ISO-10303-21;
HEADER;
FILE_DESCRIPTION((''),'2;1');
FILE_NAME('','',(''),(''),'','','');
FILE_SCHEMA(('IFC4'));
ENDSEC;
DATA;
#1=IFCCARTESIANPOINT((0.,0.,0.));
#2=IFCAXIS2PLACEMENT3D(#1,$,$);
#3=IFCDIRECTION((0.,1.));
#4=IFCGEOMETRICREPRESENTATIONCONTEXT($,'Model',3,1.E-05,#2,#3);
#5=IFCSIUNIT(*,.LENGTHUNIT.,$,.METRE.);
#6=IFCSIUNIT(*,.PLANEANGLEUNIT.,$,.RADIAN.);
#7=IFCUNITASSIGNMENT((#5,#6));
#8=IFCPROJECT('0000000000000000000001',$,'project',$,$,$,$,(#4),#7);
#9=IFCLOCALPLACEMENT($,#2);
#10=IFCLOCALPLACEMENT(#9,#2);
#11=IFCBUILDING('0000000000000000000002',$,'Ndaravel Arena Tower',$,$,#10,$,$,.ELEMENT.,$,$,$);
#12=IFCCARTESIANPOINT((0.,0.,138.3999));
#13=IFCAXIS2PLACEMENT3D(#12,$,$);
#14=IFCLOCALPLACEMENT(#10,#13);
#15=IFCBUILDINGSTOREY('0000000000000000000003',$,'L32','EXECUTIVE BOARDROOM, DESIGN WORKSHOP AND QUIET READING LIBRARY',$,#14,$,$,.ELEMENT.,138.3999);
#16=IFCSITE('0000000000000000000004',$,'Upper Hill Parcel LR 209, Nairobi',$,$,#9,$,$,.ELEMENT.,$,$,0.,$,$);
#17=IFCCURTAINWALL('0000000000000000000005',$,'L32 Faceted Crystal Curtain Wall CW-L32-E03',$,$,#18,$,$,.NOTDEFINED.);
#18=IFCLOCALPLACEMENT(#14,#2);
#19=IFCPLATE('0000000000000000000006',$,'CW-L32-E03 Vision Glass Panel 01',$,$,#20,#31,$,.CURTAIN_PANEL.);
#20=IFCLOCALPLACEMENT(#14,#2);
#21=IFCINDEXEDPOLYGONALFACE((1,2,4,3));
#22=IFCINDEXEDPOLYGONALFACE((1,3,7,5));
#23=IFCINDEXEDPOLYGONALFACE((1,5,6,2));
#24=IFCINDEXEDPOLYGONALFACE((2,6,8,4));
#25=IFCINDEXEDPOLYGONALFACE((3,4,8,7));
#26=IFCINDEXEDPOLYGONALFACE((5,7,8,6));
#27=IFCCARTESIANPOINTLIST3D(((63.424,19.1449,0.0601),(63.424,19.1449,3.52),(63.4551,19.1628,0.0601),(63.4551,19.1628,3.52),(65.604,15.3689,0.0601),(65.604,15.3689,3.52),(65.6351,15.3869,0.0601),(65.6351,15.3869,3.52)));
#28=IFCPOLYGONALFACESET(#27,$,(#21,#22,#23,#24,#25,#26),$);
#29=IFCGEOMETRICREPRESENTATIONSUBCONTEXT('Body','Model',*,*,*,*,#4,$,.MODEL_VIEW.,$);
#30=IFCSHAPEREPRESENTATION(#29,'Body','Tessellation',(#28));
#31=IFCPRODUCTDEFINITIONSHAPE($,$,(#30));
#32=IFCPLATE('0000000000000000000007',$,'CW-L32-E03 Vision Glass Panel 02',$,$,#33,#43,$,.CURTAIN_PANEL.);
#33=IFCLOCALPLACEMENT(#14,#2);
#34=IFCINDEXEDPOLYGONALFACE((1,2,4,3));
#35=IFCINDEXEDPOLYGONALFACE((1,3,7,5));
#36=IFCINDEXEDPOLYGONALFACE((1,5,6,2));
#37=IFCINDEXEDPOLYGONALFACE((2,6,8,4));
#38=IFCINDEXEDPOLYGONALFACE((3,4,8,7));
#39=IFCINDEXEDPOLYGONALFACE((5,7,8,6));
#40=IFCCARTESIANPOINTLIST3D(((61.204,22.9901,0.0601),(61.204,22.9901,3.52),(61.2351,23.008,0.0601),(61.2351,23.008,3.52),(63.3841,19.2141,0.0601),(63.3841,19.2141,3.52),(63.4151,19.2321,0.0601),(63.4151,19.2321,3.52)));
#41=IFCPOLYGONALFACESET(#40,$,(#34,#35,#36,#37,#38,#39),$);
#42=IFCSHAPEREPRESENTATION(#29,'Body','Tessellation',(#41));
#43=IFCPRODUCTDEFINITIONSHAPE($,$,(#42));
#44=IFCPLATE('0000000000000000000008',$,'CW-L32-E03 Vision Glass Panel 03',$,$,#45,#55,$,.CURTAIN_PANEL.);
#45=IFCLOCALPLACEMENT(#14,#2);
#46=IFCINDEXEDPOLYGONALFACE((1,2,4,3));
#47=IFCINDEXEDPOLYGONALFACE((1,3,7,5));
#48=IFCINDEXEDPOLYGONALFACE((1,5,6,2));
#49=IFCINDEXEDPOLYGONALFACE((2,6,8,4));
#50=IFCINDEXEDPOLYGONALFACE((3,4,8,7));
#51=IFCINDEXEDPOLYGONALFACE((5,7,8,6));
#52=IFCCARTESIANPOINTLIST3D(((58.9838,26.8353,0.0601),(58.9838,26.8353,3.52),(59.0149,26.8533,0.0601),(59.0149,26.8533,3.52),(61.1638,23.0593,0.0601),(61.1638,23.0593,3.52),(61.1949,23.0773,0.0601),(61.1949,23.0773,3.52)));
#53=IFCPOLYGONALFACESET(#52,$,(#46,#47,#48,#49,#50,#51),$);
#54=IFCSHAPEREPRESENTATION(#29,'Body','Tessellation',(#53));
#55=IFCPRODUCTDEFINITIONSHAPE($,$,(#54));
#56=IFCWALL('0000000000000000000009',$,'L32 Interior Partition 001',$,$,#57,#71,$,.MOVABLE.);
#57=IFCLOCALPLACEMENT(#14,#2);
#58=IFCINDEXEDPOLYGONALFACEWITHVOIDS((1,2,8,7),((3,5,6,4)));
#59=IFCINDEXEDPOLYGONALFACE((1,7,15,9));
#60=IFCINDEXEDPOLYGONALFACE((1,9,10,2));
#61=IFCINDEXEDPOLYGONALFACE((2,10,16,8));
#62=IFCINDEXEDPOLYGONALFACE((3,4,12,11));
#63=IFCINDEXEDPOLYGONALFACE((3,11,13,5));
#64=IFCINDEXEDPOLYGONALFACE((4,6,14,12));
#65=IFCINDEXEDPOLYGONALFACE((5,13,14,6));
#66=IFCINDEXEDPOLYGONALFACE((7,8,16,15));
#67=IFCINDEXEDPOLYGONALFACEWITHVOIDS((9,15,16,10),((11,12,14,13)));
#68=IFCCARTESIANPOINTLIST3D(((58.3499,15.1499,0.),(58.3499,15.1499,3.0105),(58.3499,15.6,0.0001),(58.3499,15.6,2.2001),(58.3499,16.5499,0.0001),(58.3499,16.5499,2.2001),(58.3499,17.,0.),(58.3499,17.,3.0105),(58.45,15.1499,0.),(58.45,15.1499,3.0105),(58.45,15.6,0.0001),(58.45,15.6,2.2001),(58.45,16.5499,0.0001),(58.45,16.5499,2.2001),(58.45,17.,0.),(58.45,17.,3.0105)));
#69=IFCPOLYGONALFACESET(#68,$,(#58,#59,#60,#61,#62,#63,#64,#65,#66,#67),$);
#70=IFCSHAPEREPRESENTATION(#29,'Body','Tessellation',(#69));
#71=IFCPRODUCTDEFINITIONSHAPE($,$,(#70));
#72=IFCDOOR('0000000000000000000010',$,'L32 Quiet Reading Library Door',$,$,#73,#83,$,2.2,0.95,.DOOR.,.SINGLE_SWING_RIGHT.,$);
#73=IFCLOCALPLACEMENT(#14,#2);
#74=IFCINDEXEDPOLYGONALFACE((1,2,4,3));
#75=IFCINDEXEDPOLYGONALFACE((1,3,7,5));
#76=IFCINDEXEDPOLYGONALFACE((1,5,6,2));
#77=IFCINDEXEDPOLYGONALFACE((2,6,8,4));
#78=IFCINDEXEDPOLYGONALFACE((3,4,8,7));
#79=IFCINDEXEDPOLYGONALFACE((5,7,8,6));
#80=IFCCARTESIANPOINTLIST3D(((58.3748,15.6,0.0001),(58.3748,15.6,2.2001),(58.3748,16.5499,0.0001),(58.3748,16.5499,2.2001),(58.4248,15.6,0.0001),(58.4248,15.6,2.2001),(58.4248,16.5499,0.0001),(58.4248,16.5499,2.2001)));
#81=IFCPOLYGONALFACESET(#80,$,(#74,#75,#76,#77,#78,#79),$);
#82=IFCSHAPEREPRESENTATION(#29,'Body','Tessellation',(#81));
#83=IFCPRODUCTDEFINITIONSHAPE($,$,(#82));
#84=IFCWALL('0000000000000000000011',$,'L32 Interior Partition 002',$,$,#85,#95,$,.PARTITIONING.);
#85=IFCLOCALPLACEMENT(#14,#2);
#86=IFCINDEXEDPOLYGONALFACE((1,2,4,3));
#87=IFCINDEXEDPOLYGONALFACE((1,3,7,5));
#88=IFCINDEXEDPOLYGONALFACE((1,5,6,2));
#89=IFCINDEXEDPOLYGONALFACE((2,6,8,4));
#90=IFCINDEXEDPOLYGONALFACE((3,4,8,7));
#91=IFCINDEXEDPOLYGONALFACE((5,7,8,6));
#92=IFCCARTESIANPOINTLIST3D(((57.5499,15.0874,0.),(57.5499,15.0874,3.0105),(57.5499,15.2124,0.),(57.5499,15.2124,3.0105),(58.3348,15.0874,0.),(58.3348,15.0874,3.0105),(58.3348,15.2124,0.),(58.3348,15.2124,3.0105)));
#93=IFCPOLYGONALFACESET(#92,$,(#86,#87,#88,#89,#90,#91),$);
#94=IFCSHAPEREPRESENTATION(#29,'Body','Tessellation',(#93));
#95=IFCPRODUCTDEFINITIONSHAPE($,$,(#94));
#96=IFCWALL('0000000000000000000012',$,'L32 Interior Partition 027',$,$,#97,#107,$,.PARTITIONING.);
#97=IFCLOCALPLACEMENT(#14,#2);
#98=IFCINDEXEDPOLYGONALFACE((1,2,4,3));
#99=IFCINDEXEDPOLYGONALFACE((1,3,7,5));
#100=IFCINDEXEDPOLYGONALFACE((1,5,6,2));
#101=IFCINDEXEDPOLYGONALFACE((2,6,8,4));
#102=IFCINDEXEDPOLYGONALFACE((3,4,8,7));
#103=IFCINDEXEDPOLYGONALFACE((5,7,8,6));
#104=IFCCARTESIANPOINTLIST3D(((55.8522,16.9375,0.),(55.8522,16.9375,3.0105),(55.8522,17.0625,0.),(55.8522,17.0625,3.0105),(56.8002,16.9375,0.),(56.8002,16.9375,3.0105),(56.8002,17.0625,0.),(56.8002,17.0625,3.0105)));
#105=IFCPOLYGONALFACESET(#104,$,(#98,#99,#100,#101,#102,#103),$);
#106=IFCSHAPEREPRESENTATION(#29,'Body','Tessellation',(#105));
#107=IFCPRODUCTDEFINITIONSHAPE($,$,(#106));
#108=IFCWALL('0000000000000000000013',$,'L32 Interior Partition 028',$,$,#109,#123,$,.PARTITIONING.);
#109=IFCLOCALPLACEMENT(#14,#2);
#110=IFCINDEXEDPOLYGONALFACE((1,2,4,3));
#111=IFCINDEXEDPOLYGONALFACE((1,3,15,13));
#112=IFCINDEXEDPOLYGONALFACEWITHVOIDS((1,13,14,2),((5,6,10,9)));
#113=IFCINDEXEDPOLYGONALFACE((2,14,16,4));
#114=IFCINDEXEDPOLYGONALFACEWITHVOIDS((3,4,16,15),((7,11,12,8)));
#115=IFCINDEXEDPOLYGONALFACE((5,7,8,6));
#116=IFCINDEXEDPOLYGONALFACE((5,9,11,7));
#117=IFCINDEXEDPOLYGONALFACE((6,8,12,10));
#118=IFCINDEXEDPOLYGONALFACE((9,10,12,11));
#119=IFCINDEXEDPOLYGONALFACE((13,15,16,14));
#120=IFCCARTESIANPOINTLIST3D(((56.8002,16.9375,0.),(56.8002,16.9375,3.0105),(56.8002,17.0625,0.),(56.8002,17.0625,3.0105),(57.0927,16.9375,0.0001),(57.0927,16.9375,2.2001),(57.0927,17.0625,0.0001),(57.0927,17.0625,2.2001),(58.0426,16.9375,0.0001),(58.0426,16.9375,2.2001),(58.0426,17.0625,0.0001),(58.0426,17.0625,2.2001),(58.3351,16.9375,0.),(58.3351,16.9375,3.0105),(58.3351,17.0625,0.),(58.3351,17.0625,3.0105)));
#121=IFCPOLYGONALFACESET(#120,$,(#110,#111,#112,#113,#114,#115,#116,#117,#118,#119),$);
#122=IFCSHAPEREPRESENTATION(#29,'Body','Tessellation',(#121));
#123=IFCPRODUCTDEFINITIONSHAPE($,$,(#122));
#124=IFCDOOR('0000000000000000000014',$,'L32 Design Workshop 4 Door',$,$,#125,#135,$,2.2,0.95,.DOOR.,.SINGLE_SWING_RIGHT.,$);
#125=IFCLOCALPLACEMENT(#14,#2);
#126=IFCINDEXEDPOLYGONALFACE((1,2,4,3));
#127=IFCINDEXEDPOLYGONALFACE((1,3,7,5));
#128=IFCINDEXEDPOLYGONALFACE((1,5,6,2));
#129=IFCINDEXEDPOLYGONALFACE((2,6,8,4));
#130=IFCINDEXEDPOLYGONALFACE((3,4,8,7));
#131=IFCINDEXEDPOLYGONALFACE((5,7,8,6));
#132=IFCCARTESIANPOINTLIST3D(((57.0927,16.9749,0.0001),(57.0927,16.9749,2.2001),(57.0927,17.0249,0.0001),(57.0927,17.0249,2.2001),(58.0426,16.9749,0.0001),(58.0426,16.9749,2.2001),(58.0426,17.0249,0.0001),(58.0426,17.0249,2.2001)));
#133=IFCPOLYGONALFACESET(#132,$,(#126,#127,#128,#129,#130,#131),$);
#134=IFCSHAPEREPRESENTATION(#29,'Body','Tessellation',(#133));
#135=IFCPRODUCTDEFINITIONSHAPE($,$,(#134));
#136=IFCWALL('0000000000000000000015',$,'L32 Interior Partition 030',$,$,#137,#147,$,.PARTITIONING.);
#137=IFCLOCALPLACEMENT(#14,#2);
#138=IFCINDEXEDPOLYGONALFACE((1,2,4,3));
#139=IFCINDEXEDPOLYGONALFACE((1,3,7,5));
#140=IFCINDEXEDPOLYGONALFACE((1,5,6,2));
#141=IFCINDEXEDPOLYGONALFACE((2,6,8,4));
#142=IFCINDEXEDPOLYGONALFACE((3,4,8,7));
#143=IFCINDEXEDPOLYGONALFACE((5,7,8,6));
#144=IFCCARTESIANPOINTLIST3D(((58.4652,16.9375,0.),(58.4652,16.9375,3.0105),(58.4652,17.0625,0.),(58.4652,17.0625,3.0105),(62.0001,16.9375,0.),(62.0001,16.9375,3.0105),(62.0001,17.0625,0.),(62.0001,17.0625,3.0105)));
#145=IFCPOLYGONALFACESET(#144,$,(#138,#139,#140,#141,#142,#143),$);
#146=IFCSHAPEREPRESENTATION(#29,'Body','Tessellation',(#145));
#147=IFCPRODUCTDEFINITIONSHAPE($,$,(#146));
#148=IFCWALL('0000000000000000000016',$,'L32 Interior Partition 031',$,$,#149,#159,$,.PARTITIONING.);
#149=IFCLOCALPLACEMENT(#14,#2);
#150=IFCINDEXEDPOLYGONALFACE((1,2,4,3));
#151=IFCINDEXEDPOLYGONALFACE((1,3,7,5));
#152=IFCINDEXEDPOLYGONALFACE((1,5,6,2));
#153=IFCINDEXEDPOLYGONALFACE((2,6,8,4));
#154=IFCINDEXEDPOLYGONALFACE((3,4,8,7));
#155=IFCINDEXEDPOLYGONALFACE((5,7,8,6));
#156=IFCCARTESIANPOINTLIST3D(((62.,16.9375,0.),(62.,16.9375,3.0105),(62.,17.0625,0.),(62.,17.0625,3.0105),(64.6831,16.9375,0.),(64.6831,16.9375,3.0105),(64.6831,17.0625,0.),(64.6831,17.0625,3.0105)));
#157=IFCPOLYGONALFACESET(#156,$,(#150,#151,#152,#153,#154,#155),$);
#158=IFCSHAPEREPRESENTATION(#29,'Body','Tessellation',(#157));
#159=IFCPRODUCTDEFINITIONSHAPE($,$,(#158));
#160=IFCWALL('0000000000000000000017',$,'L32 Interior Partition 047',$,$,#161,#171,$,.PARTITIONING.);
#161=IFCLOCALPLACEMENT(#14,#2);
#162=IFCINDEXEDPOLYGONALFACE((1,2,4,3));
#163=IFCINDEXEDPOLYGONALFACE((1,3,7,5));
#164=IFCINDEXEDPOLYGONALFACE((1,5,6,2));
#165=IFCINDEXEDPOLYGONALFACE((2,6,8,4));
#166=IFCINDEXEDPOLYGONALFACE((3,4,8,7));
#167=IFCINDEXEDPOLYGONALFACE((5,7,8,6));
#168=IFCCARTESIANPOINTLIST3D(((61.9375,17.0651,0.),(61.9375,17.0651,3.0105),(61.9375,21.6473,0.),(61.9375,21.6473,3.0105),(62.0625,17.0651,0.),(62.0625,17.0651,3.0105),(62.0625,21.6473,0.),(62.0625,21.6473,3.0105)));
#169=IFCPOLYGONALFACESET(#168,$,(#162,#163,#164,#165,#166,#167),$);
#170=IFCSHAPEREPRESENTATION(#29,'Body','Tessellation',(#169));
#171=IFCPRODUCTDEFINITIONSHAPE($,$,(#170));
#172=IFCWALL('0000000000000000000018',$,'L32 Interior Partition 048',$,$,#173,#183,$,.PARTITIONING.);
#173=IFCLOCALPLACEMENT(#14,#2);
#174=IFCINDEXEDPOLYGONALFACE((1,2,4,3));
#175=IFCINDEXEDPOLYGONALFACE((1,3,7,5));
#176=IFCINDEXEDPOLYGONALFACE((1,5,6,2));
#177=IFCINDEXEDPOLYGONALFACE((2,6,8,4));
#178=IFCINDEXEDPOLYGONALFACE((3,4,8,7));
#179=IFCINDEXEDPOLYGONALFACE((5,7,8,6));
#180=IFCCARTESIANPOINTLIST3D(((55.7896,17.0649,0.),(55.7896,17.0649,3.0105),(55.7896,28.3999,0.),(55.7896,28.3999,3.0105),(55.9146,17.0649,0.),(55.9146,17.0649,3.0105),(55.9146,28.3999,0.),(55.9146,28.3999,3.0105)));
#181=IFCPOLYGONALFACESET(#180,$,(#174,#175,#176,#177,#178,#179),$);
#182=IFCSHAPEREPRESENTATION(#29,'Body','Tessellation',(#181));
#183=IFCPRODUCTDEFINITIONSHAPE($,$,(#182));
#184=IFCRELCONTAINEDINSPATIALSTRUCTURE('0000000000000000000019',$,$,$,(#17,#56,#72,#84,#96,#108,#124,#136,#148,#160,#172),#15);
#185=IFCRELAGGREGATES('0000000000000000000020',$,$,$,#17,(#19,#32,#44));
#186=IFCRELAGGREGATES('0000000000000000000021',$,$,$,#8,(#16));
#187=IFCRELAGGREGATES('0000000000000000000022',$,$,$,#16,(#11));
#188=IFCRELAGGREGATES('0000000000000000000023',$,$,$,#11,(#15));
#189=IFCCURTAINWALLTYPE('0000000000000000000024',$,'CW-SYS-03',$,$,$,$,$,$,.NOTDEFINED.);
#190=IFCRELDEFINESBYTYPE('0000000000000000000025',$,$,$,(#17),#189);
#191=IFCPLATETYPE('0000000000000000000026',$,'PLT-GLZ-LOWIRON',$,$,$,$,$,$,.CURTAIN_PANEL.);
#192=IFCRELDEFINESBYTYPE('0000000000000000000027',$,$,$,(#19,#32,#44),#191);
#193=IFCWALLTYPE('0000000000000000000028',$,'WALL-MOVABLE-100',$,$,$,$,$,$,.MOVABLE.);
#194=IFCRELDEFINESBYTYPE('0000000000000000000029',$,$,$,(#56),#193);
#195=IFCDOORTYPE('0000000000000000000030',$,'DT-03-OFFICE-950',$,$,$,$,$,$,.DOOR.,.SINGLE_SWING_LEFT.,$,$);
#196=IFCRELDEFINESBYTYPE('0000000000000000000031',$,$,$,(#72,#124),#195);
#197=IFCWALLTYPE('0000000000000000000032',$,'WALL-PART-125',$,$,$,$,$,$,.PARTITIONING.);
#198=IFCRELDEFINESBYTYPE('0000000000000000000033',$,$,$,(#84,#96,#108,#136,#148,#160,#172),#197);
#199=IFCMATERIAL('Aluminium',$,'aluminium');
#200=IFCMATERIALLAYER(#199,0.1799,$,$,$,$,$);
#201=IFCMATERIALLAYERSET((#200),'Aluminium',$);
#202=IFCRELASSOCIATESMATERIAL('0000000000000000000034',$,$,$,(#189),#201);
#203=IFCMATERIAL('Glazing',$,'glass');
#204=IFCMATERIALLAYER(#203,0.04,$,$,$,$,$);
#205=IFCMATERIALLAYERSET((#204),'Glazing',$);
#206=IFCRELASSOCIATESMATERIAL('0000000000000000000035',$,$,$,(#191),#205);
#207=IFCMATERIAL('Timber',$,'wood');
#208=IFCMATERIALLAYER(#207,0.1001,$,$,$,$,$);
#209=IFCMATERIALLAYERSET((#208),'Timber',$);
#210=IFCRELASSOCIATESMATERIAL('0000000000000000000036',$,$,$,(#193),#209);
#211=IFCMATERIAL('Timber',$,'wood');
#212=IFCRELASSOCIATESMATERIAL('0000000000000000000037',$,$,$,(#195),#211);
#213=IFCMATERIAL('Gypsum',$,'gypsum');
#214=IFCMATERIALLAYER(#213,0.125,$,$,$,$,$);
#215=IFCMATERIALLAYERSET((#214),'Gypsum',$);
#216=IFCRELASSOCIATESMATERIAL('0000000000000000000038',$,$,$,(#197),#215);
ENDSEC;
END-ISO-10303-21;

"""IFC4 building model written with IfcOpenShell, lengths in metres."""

from ifc_helpers import new_model, si_unit, direction, frame, frame_2d, origin, origin_2d, place, context, subcontext, project, spatial, rectangle, extrude, material, layer, layer_set, type_object, element, fill, aggregate, save


model = new_model("IFC4")

# Units and contexts
model_context = context("Model", 3, precision=1e-05, world=origin(), true_north=direction((0.0, 1.0)))
body_context = subcontext(model_context, "Body", "Model", "MODEL_VIEW")
ifc_project = project(units=[si_unit("LENGTHUNIT", "METRE"), si_unit("PLANEANGLEUNIT", "RADIAN")], contexts=[model_context])

# Site, building, storey
site_placement = place(None, origin())
site = spatial("IfcSite", under=ifc_project, at=site_placement, Name="Upper Hill Parcel LR 209, Nairobi", CompositionType="ELEMENT", RefElevation=0.0)
building_placement = place(site_placement, origin())
building = spatial("IfcBuilding", under=site, at=building_placement, Name="Ndaravel Arena Tower", CompositionType="ELEMENT")
storey_placement = place(building_placement, frame((0.0, 0.0, 138.3999)))
storey = spatial("IfcBuildingStorey", under=building, at=storey_placement, Name="L32", Description="EXECUTIVE BOARDROOM, DESIGN WORKSHOP AND QUIET READING LIBRARY", CompositionType="ELEMENT", Elevation=138.3999)

# Curtain wall, plates
ifc_material_1 = material(Name="Aluminium", Category="aluminium")
ifc_layer_1 = layer(ifc_material_1, 0.1799)
ifc_layer_set_1 = layer_set([ifc_layer_1], Name="Aluminium")
curtain_wall_type = type_object("IfcCurtainWallType", Name="CW-SYS-03", PredefinedType="NOTDEFINED", material=ifc_layer_set_1)
curtain_wall_placement = place(storey_placement, origin())
curtain_wall = element("IfcCurtainWall", 1, at=curtain_wall_placement, inside=storey, type_object=curtain_wall_type, Name="L32 Faceted Crystal Curtain Wall CW-L32-E03", PredefinedType="NOTDEFINED")
ifc_material_2 = material(Name="Glazing", Category="glass")
ifc_layer_2 = layer(ifc_material_2, 0.04)
ifc_layer_set_2 = layer_set([ifc_layer_2], Name="Glazing")
plate_type = type_object("IfcPlateType", Name="PLT-GLZ-LOWIRON", PredefinedType="CURTAIN_PANEL", material=ifc_layer_set_2)
plate_1_placement = place(storey_placement, frame((64.5295, 17.2659, 0.0601), z_axis=(0.0, 0.0, 1.0), x_axis=(-0.5, 0.866025, 0.0)))
plate_1 = element("IfcPlate", 2, at=plate_1_placement, type_object=plate_type, Name="CW-L32-E03 Vision Glass Panel 01", PredefinedType="CURTAIN_PANEL", context=body_context, shape_type="SweptSolid", body=[
    extrude(rectangle(XDim=4.3601, YDim=0.0359, at=origin_2d()), origin(), (0.0, 0.0, 1.0), 3.46),
])
plate_2_placement = place(storey_placement, frame((62.3096, 21.1111, 0.0601), z_axis=(0.0, 0.0, 1.0), x_axis=(-0.5, 0.866025, 0.0)))
plate_2 = element("IfcPlate", 3, at=plate_2_placement, type_object=plate_type, Name="CW-L32-E03 Vision Glass Panel 02", PredefinedType="CURTAIN_PANEL", context=body_context, shape_type="SweptSolid", body=[
    extrude(rectangle(XDim=4.3601, YDim=0.0359, at=origin_2d()), origin(), (0.0, 0.0, 1.0), 3.46),
])
plate_3_placement = place(storey_placement, frame((60.0894, 24.9563, 0.0601), z_axis=(0.0, 0.0, 1.0), x_axis=(-0.5, 0.866025, 0.0)))
plate_3 = element("IfcPlate", 4, at=plate_3_placement, type_object=plate_type, Name="CW-L32-E03 Vision Glass Panel 03", PredefinedType="CURTAIN_PANEL", context=body_context, shape_type="SweptSolid", body=[
    extrude(rectangle(XDim=4.3601, YDim=0.0359, at=origin_2d()), origin(), (0.0, 0.0, 1.0), 3.46),
])
aggregate(curtain_wall, [plate_1, plate_2, plate_3])

# Wall, opening, door
ifc_material_3 = material(Name="Timber", Category="wood")
ifc_layer_3 = layer(ifc_material_3, 0.1001)
ifc_layer_set_3 = layer_set([ifc_layer_3], Name="Timber")
wall_type_1 = type_object("IfcWallType", Name="WALL-MOVABLE-100", PredefinedType="MOVABLE", material=ifc_layer_set_3)
wall_1_placement = place(storey_placement, frame((58.3999, 17.0, 0.0), z_axis=(0.0, 0.0, 1.0), x_axis=(0.0, -1.0, 0.0)))
wall_1 = element("IfcWall", 5, at=wall_1_placement, inside=storey, type_object=wall_type_1, Name="L32 Interior Partition 001", PredefinedType="MOVABLE", context=body_context, shape_type="SweptSolid", body=[
    extrude(rectangle(XDim=1.8501, YDim=0.1001, at=frame_2d((0.925, 0.0))), origin(), (0.0, 0.0, 1.0), 3.0105),
])
opening_1_placement = place(wall_1_placement, frame((0.45, 0.0, 0.0)))
opening_1 = element("IfcOpeningElement", 6, at=opening_1_placement, cuts=wall_1, PredefinedType="OPENING", context=body_context, shape_type="SweptSolid", body=[
    extrude(rectangle(XDim=0.95, YDim=2.2, at=frame_2d((0.4751, 1.1001))), frame((0.0, 0.05, 0.0), z_axis=(0.0, -1.0, 0.0), x_axis=(1.0, 0.0, 0.0)), (0.0, 0.0, 1.0), 0.1001),
])
ifc_material_4 = material(Name="Timber", Category="wood")
door_type = type_object("IfcDoorType", Name="DT-03-OFFICE-950", OperationType="SINGLE_SWING_LEFT", PredefinedType="DOOR", material=ifc_material_4)
door_1_placement = place(opening_1_placement, origin())
door_1 = element("IfcDoor", 7, at=door_1_placement, inside=storey, type_object=door_type, Name="L32 Quiet Reading Library Door", OperationType="SINGLE_SWING_RIGHT", OverallHeight=2.2, OverallWidth=0.95, PredefinedType="DOOR", context=body_context, shape_type="SweptSolid", body=[
    extrude(rectangle(XDim=0.95, YDim=2.2, at=frame_2d((0.4751, 1.1001))), frame((0.0, 0.0249, 0.0), z_axis=(0.0, -1.0, 0.0), x_axis=(1.0, 0.0, 0.0)), (0.0, 0.0, 1.0), 0.05),
])
fill(opening_1, door_1)

# Walls
ifc_material_5 = material(Name="Gypsum", Category="gypsum")
ifc_layer_4 = layer(ifc_material_5, 0.125)
ifc_layer_set_4 = layer_set([ifc_layer_4], Name="Gypsum")
wall_type_2 = type_object("IfcWallType", Name="WALL-PART-125", PredefinedType="PARTITIONING", material=ifc_layer_set_4)
wall_2_placement = place(storey_placement, frame((58.335, 15.1499, 0.0), z_axis=(0.0, 0.0, 1.0), x_axis=(-1.0, 0.0, 0.0)))
element("IfcWall", 8, at=wall_2_placement, inside=storey, type_object=wall_type_2, Name="L32 Interior Partition 002", PredefinedType="PARTITIONING", context=body_context, shape_type="SweptSolid", body=[
    extrude(rectangle(XDim=0.7849, YDim=0.125, at=frame_2d((0.3926, 0.0))), origin(), (0.0, 0.0, 1.0), 3.0105),
])
wall_3_placement = place(storey_placement, frame((55.8521, 17.0, 0.0), z_axis=(0.0, 0.0, 1.0), x_axis=(1.0, 0.0, 0.0)))
element("IfcWall", 9, at=wall_3_placement, inside=storey, type_object=wall_type_2, Name="L32 Interior Partition 027", PredefinedType="PARTITIONING", context=body_context, shape_type="SweptSolid", body=[
    extrude(rectangle(XDim=0.948, YDim=0.125, at=frame_2d((0.4741, 0.0))), origin(), (0.0, 0.0, 1.0), 3.0105),
])

# Wall, opening, door
wall_4_placement = place(storey_placement, frame((56.8, 17.0, 0.0), z_axis=(0.0, 0.0, 1.0), x_axis=(1.0, 0.0, 0.0)))
wall_4 = element("IfcWall", 10, at=wall_4_placement, inside=storey, type_object=wall_type_2, Name="L32 Interior Partition 028", PredefinedType="PARTITIONING", context=body_context, shape_type="SweptSolid", body=[
    extrude(rectangle(XDim=1.5349, YDim=0.125, at=frame_2d((0.7676, 0.0))), origin(), (0.0, 0.0, 1.0), 3.0105),
])
opening_2_placement = place(wall_4_placement, frame((0.2925, 0.0, 0.0)))
opening_2 = element("IfcOpeningElement", 11, at=opening_2_placement, cuts=wall_4, PredefinedType="OPENING", context=body_context, shape_type="SweptSolid", body=[
    extrude(rectangle(XDim=0.95, YDim=2.2, at=frame_2d((0.4751, 1.1001))), frame((0.0, 0.0625, 0.0), z_axis=(0.0, -1.0, 0.0), x_axis=(1.0, 0.0, 0.0)), (0.0, 0.0, 1.0), 0.125),
])
door_2_placement = place(opening_2_placement, origin())
door_2 = element("IfcDoor", 12, at=door_2_placement, inside=storey, type_object=door_type, Name="L32 Design Workshop 4 Door", OperationType="SINGLE_SWING_RIGHT", OverallHeight=2.2, OverallWidth=0.95, PredefinedType="DOOR", context=body_context, shape_type="SweptSolid", body=[
    extrude(rectangle(XDim=0.95, YDim=2.2, at=frame_2d((0.4751, 1.1001))), frame((0.0, 0.0249, 0.0), z_axis=(0.0, -1.0, 0.0), x_axis=(1.0, 0.0, 0.0)), (0.0, 0.0, 1.0), 0.05),
])
fill(opening_2, door_2)

# Walls
wall_5_placement = place(storey_placement, frame((58.4651, 17.0, 0.0), z_axis=(0.0, 0.0, 1.0), x_axis=(1.0, 0.0, 0.0)))
element("IfcWall", 13, at=wall_5_placement, inside=storey, type_object=wall_type_2, Name="L32 Interior Partition 030", PredefinedType="PARTITIONING", context=body_context, shape_type="SweptSolid", body=[
    extrude(rectangle(XDim=3.5349, YDim=0.125, at=frame_2d((1.7676, 0.0))), origin(), (0.0, 0.0, 1.0), 3.0105),
])
wall_6_placement = place(storey_placement, frame((62.0, 17.0, 0.0), z_axis=(0.0, 0.0, 1.0), x_axis=(1.0, 0.0, 0.0)))
element("IfcWall", 14, at=wall_6_placement, inside=storey, type_object=wall_type_2, Name="L32 Interior Partition 031", PredefinedType="PARTITIONING", context=body_context, shape_type="SweptSolid", body=[
    extrude(rectangle(XDim=2.6831, YDim=0.125, at=frame_2d((1.3416, 0.0))), origin(), (0.0, 0.0, 1.0), 3.0105),
])
wall_7_placement = place(storey_placement, frame((62.0, 21.6472, 0.0), z_axis=(0.0, 0.0, 1.0), x_axis=(0.0, -1.0, 0.0)))
element("IfcWall", 15, at=wall_7_placement, inside=storey, type_object=wall_type_2, Name="L32 Interior Partition 047", PredefinedType="PARTITIONING", context=body_context, shape_type="SweptSolid", body=[
    extrude(rectangle(XDim=4.5823, YDim=0.125, at=frame_2d((2.291, 0.0))), origin(), (0.0, 0.0, 1.0), 3.0105),
])
wall_8_placement = place(storey_placement, frame((55.8521, 17.0649, 0.0), z_axis=(0.0, 0.0, 1.0), x_axis=(0.0, 1.0, 0.0)))
element("IfcWall", 16, at=wall_8_placement, inside=storey, type_object=wall_type_2, Name="L32 Interior Partition 048", PredefinedType="PARTITIONING", context=body_context, shape_type="SweptSolid", body=[
    extrude(rectangle(XDim=11.335, YDim=0.125, at=frame_2d((5.6675, 0.0))), origin(), (0.0, 0.0, 1.0), 3.0105),
])

save(model, "model.ifc")
